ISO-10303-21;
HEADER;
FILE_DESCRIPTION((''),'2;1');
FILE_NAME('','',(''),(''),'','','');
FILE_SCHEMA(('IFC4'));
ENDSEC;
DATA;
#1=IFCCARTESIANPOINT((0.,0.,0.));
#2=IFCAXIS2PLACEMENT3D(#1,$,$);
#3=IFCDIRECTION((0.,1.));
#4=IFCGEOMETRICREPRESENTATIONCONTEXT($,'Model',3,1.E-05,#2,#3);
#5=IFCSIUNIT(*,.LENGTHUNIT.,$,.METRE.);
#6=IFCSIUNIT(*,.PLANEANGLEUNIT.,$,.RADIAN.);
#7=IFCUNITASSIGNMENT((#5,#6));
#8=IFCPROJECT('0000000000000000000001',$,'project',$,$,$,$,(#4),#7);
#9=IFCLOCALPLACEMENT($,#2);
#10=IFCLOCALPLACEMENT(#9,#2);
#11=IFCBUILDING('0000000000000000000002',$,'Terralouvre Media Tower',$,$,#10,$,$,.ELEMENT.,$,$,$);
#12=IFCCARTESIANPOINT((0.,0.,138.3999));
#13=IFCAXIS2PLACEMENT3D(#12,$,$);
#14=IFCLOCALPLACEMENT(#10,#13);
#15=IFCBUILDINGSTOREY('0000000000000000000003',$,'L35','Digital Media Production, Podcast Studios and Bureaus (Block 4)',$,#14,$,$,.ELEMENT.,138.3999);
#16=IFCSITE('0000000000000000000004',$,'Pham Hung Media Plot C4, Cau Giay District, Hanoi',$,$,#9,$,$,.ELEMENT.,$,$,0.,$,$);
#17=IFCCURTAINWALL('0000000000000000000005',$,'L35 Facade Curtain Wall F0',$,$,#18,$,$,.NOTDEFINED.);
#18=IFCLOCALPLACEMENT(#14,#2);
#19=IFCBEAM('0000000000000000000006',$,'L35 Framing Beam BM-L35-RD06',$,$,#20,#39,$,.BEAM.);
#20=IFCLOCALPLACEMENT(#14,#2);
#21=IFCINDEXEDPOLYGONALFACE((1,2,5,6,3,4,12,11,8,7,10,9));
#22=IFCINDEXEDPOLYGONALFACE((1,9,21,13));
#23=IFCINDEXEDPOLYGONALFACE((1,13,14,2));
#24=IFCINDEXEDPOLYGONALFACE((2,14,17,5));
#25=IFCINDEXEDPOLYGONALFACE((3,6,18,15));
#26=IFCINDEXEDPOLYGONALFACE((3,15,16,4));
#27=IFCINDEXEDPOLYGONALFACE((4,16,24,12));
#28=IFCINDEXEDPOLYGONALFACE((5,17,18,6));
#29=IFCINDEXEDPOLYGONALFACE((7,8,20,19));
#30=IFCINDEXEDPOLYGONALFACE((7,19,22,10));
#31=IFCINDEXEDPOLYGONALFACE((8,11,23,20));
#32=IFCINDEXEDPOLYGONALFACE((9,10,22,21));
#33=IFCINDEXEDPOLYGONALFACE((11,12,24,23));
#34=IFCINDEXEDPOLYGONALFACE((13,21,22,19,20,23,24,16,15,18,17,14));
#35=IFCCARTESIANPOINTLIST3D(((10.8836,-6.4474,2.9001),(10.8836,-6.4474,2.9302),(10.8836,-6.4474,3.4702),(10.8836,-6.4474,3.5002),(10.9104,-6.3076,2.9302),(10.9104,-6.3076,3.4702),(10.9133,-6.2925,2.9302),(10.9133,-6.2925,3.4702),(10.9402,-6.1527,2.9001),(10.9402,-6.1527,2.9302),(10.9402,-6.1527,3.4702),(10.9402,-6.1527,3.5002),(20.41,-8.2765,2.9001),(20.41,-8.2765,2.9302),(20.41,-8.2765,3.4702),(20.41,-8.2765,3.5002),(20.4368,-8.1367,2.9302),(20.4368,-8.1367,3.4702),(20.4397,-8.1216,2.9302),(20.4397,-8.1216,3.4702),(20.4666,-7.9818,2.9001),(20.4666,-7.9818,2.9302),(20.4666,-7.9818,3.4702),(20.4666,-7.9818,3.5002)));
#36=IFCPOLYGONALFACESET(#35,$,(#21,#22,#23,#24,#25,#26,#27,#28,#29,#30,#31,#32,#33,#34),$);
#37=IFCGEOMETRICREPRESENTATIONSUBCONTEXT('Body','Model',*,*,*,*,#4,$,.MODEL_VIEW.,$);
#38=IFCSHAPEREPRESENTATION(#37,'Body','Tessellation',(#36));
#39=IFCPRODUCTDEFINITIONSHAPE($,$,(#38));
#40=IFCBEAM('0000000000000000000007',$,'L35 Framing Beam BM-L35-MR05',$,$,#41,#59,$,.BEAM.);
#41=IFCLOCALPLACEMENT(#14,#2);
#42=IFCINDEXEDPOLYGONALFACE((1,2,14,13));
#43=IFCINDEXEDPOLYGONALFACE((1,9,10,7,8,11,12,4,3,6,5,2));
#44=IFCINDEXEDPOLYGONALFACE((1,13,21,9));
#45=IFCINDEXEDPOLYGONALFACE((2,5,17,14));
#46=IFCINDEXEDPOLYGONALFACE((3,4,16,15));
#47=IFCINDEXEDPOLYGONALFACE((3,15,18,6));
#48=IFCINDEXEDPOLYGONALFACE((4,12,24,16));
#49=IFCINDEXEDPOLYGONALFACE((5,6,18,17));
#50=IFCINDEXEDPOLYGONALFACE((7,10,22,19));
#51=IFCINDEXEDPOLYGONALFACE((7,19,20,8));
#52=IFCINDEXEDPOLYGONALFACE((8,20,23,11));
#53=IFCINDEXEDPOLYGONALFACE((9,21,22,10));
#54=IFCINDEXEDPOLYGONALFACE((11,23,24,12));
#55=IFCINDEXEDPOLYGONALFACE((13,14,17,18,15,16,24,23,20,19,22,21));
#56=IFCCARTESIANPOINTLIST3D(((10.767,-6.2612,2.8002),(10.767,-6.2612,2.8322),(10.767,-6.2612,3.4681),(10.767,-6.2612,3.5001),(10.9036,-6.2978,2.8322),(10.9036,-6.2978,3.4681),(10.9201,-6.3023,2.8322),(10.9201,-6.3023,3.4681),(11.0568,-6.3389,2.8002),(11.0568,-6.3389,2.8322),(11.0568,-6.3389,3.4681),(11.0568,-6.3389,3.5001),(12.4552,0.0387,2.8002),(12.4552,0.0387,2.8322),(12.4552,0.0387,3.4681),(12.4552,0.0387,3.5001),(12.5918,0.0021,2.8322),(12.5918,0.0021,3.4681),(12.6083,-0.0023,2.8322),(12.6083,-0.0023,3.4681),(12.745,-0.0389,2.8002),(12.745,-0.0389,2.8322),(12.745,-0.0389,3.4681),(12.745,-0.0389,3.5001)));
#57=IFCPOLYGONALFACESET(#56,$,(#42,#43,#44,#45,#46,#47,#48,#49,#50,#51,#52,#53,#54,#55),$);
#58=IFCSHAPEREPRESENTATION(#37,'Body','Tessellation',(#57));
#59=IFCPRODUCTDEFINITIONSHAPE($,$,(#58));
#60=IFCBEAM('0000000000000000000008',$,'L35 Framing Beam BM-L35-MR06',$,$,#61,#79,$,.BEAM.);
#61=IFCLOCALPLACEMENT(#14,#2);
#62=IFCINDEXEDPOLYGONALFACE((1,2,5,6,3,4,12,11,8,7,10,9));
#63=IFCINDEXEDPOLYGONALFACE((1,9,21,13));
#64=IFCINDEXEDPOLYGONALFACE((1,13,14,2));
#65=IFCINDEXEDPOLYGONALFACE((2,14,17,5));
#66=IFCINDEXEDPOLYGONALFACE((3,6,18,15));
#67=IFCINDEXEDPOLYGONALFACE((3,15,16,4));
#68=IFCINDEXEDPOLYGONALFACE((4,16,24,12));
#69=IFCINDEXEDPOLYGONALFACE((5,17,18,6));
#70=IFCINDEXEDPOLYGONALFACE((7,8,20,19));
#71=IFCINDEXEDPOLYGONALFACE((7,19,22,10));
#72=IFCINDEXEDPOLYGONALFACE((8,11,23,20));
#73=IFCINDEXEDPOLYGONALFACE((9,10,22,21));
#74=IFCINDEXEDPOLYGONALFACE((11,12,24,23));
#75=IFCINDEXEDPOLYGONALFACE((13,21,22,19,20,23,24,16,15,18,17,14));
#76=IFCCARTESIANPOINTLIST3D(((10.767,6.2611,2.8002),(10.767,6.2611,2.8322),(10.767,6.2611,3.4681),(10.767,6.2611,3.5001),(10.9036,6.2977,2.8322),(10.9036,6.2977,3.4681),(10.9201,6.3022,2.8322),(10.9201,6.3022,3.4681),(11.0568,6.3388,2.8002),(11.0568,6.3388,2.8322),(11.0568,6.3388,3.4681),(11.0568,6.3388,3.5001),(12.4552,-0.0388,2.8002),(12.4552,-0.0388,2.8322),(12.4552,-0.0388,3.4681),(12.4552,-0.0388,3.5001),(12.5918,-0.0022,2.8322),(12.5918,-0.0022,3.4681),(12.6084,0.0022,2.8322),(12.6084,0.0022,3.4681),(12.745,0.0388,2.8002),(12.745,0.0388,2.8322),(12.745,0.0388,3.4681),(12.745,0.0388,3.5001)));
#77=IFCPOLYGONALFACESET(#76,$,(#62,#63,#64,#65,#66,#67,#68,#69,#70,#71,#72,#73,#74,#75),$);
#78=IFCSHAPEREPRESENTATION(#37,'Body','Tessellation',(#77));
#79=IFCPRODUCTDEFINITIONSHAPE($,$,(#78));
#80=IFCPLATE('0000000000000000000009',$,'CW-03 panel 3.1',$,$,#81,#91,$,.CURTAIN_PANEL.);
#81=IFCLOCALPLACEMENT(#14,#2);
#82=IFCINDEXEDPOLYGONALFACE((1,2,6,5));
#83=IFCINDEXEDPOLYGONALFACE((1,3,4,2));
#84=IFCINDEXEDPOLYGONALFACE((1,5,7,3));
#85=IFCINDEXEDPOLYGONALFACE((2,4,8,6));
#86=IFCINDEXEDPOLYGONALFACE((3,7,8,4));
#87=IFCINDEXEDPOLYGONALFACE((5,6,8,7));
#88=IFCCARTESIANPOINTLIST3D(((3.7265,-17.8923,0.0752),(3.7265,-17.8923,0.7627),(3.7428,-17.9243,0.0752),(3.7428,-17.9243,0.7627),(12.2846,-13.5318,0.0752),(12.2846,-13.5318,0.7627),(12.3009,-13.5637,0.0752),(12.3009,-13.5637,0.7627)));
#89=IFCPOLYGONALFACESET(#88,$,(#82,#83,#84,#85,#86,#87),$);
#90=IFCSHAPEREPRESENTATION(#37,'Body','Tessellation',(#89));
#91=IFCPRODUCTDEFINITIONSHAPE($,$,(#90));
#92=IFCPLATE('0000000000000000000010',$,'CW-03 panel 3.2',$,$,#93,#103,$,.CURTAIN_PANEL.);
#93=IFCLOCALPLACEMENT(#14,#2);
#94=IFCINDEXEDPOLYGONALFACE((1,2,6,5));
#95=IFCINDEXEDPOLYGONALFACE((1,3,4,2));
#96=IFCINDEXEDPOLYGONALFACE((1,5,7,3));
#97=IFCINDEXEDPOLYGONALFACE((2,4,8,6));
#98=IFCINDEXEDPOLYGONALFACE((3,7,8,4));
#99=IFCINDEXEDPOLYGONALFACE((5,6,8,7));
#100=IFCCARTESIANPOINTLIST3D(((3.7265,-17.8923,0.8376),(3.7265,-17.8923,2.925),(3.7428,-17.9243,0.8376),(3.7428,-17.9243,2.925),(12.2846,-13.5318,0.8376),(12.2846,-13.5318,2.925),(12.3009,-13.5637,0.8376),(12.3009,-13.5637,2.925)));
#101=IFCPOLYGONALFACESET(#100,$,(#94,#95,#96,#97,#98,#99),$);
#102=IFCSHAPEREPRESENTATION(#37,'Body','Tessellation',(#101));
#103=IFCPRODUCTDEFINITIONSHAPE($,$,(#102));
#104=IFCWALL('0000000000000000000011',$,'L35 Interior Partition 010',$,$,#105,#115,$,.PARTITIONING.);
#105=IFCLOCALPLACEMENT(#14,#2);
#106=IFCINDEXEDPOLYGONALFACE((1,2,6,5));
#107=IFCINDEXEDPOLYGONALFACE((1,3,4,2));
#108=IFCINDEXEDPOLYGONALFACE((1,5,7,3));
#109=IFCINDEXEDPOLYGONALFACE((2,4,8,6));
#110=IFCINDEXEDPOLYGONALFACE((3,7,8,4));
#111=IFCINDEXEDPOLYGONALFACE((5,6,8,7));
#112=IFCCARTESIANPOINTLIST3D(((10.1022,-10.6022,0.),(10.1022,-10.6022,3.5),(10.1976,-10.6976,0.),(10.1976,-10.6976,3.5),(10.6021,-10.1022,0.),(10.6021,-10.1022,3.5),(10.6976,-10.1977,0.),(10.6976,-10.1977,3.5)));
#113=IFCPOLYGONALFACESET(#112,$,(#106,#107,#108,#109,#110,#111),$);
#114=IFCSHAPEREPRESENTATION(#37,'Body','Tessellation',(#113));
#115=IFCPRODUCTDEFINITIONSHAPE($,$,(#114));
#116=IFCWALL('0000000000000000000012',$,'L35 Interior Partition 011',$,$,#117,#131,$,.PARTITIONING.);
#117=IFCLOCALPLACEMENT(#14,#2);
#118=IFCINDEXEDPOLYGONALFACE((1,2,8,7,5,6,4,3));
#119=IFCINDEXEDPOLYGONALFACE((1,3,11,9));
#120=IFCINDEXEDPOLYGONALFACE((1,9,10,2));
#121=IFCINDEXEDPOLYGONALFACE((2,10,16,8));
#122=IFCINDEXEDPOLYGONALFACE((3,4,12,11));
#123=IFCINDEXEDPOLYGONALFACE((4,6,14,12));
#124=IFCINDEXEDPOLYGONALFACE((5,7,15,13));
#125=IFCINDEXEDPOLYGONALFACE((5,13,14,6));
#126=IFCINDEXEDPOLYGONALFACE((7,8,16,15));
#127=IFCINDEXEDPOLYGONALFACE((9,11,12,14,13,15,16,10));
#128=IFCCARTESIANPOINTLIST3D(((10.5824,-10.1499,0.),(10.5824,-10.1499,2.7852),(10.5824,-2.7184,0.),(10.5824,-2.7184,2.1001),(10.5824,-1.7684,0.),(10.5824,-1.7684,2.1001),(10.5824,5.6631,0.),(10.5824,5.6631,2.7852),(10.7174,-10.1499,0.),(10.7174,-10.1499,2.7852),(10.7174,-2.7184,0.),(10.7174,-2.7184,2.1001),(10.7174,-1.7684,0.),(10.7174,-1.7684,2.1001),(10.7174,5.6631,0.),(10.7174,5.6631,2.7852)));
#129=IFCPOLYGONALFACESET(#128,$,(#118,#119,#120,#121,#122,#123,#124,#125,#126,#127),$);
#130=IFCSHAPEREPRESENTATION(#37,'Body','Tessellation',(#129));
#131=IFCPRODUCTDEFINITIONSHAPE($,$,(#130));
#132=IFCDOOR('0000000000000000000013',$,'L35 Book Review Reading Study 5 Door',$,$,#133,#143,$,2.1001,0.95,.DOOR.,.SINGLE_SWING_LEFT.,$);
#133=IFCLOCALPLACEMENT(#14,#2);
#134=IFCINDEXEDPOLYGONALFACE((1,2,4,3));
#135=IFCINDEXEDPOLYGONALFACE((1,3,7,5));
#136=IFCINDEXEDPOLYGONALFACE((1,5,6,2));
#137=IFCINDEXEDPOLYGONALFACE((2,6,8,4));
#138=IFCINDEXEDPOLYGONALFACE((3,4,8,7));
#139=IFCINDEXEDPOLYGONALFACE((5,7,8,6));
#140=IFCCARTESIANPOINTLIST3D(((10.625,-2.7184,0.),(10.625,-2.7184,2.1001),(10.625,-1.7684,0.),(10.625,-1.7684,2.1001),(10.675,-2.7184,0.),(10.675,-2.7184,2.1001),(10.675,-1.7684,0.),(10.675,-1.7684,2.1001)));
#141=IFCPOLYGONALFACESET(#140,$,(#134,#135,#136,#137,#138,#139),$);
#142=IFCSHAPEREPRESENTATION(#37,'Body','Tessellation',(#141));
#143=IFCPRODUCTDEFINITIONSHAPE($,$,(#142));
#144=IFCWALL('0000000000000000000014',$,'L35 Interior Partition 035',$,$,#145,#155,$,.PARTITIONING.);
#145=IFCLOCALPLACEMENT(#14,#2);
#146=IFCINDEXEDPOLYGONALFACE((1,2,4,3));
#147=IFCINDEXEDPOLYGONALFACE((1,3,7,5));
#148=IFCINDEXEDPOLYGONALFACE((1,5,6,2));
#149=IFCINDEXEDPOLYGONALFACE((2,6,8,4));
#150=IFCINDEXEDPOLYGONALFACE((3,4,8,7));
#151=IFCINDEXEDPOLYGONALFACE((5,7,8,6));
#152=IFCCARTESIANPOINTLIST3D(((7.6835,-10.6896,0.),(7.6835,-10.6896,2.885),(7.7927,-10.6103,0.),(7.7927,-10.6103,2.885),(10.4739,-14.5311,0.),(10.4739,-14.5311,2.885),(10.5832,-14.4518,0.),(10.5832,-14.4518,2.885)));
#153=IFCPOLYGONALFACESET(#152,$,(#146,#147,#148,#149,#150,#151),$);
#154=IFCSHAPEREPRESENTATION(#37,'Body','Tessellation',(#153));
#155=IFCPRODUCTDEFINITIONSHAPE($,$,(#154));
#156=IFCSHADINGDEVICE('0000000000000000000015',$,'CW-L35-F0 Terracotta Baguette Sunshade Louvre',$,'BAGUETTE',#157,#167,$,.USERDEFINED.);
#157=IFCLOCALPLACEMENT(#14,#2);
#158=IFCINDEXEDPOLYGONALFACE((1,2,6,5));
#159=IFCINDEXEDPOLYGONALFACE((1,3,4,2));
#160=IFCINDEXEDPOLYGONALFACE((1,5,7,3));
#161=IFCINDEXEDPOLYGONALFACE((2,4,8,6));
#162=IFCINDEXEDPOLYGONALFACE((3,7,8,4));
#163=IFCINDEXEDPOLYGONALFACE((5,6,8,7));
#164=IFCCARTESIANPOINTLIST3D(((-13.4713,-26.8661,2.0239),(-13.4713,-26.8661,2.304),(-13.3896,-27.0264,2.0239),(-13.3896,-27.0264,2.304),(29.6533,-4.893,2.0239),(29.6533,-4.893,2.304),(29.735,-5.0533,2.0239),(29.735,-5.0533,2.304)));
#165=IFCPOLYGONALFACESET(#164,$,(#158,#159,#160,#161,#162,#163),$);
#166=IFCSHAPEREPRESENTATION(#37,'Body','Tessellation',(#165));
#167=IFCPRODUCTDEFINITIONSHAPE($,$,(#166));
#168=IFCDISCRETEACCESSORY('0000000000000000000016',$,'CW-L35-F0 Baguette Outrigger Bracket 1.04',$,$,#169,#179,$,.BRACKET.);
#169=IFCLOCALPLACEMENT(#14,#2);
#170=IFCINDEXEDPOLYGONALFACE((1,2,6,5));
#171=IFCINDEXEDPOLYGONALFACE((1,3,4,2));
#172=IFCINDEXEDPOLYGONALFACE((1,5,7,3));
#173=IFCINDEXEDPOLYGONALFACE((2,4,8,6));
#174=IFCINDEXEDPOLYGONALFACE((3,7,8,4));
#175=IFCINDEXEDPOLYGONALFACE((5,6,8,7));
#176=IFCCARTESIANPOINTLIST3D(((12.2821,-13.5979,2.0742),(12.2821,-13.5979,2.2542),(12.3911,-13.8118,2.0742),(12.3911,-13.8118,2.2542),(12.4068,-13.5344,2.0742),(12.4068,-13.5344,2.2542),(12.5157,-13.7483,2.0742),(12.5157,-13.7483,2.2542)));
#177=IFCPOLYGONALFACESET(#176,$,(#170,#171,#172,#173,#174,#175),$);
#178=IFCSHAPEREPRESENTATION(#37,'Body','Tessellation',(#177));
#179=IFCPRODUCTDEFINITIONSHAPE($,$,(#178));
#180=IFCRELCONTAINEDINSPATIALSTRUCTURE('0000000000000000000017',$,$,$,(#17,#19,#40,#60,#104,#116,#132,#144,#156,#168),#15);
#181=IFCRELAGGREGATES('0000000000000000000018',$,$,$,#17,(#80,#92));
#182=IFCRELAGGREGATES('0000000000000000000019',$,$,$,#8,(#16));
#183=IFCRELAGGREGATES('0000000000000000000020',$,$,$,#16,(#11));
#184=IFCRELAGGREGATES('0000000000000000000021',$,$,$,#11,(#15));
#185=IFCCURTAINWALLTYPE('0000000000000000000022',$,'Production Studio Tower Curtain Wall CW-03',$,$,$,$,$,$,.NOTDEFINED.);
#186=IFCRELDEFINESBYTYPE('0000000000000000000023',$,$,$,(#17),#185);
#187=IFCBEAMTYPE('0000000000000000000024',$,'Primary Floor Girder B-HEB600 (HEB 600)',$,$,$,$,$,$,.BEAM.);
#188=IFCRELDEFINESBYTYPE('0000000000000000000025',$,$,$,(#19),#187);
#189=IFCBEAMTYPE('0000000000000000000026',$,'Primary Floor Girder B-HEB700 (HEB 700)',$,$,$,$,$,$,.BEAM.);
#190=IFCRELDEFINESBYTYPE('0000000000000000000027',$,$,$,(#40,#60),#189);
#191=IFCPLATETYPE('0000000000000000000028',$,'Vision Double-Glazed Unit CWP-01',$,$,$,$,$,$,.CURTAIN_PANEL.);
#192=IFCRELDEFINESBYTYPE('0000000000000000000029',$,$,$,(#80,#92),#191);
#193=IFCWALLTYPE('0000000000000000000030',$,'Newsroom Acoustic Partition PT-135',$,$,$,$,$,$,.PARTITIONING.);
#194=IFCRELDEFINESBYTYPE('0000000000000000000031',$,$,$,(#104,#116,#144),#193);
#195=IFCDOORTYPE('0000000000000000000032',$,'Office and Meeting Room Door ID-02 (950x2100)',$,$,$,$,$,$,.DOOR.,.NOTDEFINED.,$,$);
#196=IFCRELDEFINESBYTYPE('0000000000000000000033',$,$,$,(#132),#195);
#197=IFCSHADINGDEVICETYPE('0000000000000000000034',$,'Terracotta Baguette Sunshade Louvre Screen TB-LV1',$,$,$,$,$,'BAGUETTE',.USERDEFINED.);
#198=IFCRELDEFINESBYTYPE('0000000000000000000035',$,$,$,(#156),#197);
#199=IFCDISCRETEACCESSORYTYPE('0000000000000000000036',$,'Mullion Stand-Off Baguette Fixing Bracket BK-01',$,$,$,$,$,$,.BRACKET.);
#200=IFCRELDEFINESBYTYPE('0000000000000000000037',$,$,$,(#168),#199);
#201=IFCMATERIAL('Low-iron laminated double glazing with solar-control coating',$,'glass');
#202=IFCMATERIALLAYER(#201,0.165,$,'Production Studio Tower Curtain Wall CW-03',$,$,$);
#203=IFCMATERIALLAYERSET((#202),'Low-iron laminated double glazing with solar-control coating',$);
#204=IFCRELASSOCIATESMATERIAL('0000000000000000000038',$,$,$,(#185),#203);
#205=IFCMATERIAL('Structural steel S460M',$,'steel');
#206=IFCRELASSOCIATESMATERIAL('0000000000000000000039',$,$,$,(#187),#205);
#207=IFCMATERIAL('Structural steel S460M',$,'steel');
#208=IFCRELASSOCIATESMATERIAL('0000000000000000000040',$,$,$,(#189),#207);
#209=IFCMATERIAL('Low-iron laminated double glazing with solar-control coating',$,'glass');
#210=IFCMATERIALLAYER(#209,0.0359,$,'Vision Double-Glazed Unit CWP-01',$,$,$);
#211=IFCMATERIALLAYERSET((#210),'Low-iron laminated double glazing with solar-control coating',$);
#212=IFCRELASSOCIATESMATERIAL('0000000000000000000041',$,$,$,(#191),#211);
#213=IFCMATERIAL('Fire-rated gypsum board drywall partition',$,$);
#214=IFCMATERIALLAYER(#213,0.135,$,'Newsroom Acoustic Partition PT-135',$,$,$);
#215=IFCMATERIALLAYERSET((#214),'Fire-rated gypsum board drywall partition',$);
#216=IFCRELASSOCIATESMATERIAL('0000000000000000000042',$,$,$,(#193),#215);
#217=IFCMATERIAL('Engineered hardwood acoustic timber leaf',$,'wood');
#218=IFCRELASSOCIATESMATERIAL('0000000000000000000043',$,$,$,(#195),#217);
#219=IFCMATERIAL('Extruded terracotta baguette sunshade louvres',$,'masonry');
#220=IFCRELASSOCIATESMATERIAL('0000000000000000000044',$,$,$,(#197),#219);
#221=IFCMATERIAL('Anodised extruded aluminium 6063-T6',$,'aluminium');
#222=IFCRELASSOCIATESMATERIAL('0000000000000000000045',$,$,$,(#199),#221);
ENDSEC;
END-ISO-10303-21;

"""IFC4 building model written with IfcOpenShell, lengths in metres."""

from ifc_helpers import new_model, si_unit, direction, frame, frame_2d, origin, origin_2d, place, context, subcontext, project, spatial, rectangle, i_section, extrude, material, layer, layer_set, material_profile, profile_set, type_object, element, fill, aggregate, save


model = new_model("IFC4")

# Units and contexts
model_context = context("Model", 3, precision=1e-05, world=origin(), true_north=direction((0.0, 1.0)))
body_context = subcontext(model_context, "Body", "Model", "MODEL_VIEW")
ifc_project = project(units=[si_unit("LENGTHUNIT", "METRE"), si_unit("PLANEANGLEUNIT", "RADIAN")], contexts=[model_context])

# Site, building, storey
site_placement = place(None, origin())
site = spatial("IfcSite", under=ifc_project, at=site_placement, Name="Pham Hung Media Plot C4, Cau Giay District, Hanoi", CompositionType="ELEMENT", RefElevation=0.0)
building_placement = place(site_placement, origin())
building = spatial("IfcBuilding", under=site, at=building_placement, Name="Terralouvre Media Tower", CompositionType="ELEMENT")
storey_placement = place(building_placement, frame((0.0, 0.0, 138.3999)))
storey = spatial("IfcBuildingStorey", under=building, at=storey_placement, Name="L35", Description="Digital Media Production, Podcast Studios and Bureaus (Block 4)", CompositionType="ELEMENT", Elevation=138.3999)

# Curtain wall
ifc_material_1 = material(Name="Low-iron laminated double glazing with solar-control coating", Category="glass")
ifc_layer_1 = layer(ifc_material_1, 0.165, Name="Production Studio Tower Curtain Wall CW-03")
ifc_layer_set_1 = layer_set([ifc_layer_1], Name="Low-iron laminated double glazing with solar-control coating")
curtain_wall_type = type_object("IfcCurtainWallType", Name="Production Studio Tower Curtain Wall CW-03", PredefinedType="NOTDEFINED", material=ifc_layer_set_1)
curtain_wall_placement = place(storey_placement, origin())
curtain_wall = element("IfcCurtainWall", 1, at=curtain_wall_placement, inside=storey, type_object=curtain_wall_type, Name="L35 Facade Curtain Wall F0", PredefinedType="NOTDEFINED")

# Beams
ifc_material_2 = material(Name="Structural steel S460M", Category="steel")
ifc_material_profile_1 = material_profile(ifc_material_2, i_section(OverallWidth=0.3, OverallDepth=0.6001, WebThickness=0.0154, FlangeThickness=0.03, at=origin_2d()), Name="HEB 600")
ifc_profile_set_1 = profile_set([ifc_material_profile_1], Name="Structural steel S460M")
beam_type_1 = type_object("IfcBeamType", Name="Primary Floor Girder B-HEB600 (HEB 600)", PredefinedType="BEAM", material=ifc_profile_set_1)
beam_1_placement = place(storey_placement, frame((10.9119, -6.3, 3.2002), z_axis=(0.982062, -0.18856, 0.0), x_axis=(0.18856, 0.982062, 0.0)))
element("IfcBeam", 2, at=beam_1_placement, inside=storey, type_object=beam_type_1, Name="L35 Framing Beam BM-L35-RD06", PredefinedType="BEAM", context=body_context, shape_type="SweptSolid", body=[
    extrude(i_section(OverallWidth=0.3, OverallDepth=0.6001, WebThickness=0.0154, FlangeThickness=0.03, at=origin_2d()), origin(), (0.0, 0.0, 1.0), 9.7004),
])
ifc_material_3 = material(Name="Structural steel S460M", Category="steel")
ifc_material_profile_2 = material_profile(ifc_material_3, i_section(OverallWidth=0.3, OverallDepth=0.7, WebThickness=0.0171, FlangeThickness=0.032, at=origin_2d()), Name="HEB 700")
ifc_profile_set_2 = profile_set([ifc_material_profile_2], Name="Structural steel S460M")
beam_type_2 = type_object("IfcBeamType", Name="Primary Floor Girder B-HEB700 (HEB 700)", PredefinedType="BEAM", material=ifc_profile_set_2)
for number, where, z_axis, x_axis, name in (
    (3, (10.9119, -6.3, 3.1501), (0.258839, 0.96592, 0.0), (-0.96592, 0.258839, 0.0), "L35 Framing Beam BM-L35-MR05"),
    (4, (12.6001, 0.0, 3.1501), (-0.258839, 0.96592, 0.0), (-0.96592, -0.258839, 0.0), "L35 Framing Beam BM-L35-MR06"),
):
    element("IfcBeam", number, at=place(storey_placement, frame(where, z_axis=z_axis, x_axis=x_axis)), inside=storey, type_object=beam_type_2, Name=name, PredefinedType="BEAM", context=body_context, shape_type="SweptSolid", body=[
        extrude(i_section(OverallWidth=0.3, OverallDepth=0.7, WebThickness=0.0171, FlangeThickness=0.032, at=origin_2d()), origin(), (0.0, 0.0, 1.0), 6.5222),
    ])

# Plates
ifc_material_4 = material(Name="Low-iron laminated double glazing with solar-control coating", Category="glass")
ifc_layer_2 = layer(ifc_material_4, 0.0359, Name="Vision Double-Glazed Unit CWP-01")
ifc_layer_set_2 = layer_set([ifc_layer_2], Name="Low-iron laminated double glazing with solar-control coating")
plate_type = type_object("IfcPlateType", Name="Vision Double-Glazed Unit CWP-01", PredefinedType="CURTAIN_PANEL", material=ifc_layer_set_2)
plate_1_placement = place(storey_placement, frame((8.0137, -15.728, 0.0752), z_axis=(0.0, 0.0, 1.0), x_axis=(0.891007, 0.453991, 0.0)))
plate_1 = element("IfcPlate", 5, at=plate_1_placement, type_object=plate_type, Name="CW-03 panel 3.1", PredefinedType="CURTAIN_PANEL", context=body_context, shape_type="SweptSolid", body=[
    extrude(rectangle(XDim=9.605, YDim=0.0359, at=origin_2d()), origin(), (0.0, 0.0, 1.0), 0.6875),
])
plate_2_placement = place(storey_placement, frame((8.0137, -15.728, 0.8376), z_axis=(0.0, 0.0, 1.0), x_axis=(0.891007, 0.453991, 0.0)))
plate_2 = element("IfcPlate", 6, at=plate_2_placement, type_object=plate_type, Name="CW-03 panel 3.2", PredefinedType="CURTAIN_PANEL", context=body_context, shape_type="SweptSolid", body=[
    extrude(rectangle(XDim=9.605, YDim=0.0359, at=origin_2d()), origin(), (0.0, 0.0, 1.0), 2.0874),
])
aggregate(curtain_wall, [plate_1, plate_2])

# Wall
ifc_material_5 = material(Name="Fire-rated gypsum board drywall partition")
ifc_layer_3 = layer(ifc_material_5, 0.135, Name="Newsroom Acoustic Partition PT-135")
ifc_layer_set_3 = layer_set([ifc_layer_3], Name="Fire-rated gypsum board drywall partition")
wall_type = type_object("IfcWallType", Name="Newsroom Acoustic Partition PT-135", PredefinedType="PARTITIONING", material=ifc_layer_set_3)
wall_1_placement = place(storey_placement, frame((10.1499, -10.6499, 0.0), z_axis=(0.0, 0.0, 1.0), x_axis=(0.707107, 0.707107, 0.0)))
element("IfcWall", 7, at=wall_1_placement, inside=storey, type_object=wall_type, Name="L35 Interior Partition 010", PredefinedType="PARTITIONING", context=body_context, shape_type="SweptSolid", body=[
    extrude(rectangle(XDim=0.707, YDim=0.135, at=frame_2d((0.3535, 0.0))), origin(), (0.0, 0.0, 1.0), 3.5),
])

# Wall, opening, door
wall_2_placement = place(storey_placement, frame((10.6499, -10.1499, 0.0), z_axis=(0.0, 0.0, 1.0), x_axis=(0.0, 1.0, 0.0)))
wall_2 = element("IfcWall", 8, at=wall_2_placement, inside=storey, type_object=wall_type, Name="L35 Interior Partition 011", PredefinedType="PARTITIONING", context=body_context, shape_type="SweptSolid", body=[
    extrude(rectangle(XDim=15.813, YDim=0.135, at=frame_2d((7.9065, 0.0))), origin(), (0.0, 0.0, 1.0), 2.7852),
])
opening_placement = place(wall_2_placement, frame((7.4314, 0.0, 0.0)))
opening = element("IfcOpeningElement", 9, at=opening_placement, cuts=wall_2, PredefinedType="OPENING", context=body_context, shape_type="SweptSolid", body=[
    extrude(rectangle(XDim=0.95, YDim=2.1001, at=frame_2d((0.4751, 1.05))), frame((0.0, 0.0774, 0.0), z_axis=(0.0, -1.0, 0.0), x_axis=(1.0, 0.0, 0.0)), (0.0, 0.0, 1.0), 0.155),
])
ifc_material_6 = material(Name="Engineered hardwood acoustic timber leaf", Category="wood")
door_type = type_object("IfcDoorType", Name="Office and Meeting Room Door ID-02 (950x2100)", OperationType="NOTDEFINED", PredefinedType="DOOR", material=ifc_material_6)
door_placement = place(opening_placement, origin())
door = element("IfcDoor", 10, at=door_placement, inside=storey, type_object=door_type, Name="L35 Book Review Reading Study 5 Door", OperationType="SINGLE_SWING_LEFT", OverallHeight=2.1001, OverallWidth=0.95, PredefinedType="DOOR", context=body_context, shape_type="SweptSolid", body=[
    extrude(rectangle(XDim=0.95, YDim=2.1001, at=frame_2d((0.4751, 1.05))), frame((0.0, 0.0249, 0.0), z_axis=(0.0, -1.0, 0.0), x_axis=(1.0, 0.0, 0.0)), (0.0, 0.0, 1.0), 0.05),
])
fill(opening, door)

# Wall
wall_3_placement = place(storey_placement, frame((10.5286, -14.4915, 0.0), z_axis=(0.0, 0.0, 1.0), x_axis=(-0.587713, 0.809069, 0.0)))
element("IfcWall", 11, at=wall_3_placement, inside=storey, type_object=wall_type, Name="L35 Interior Partition 035", PredefinedType="PARTITIONING", context=body_context, shape_type="SweptSolid", body=[
    extrude(rectangle(XDim=4.748, YDim=0.135, at=frame_2d((2.374, 0.0))), origin(), (0.0, 0.0, 1.0), 2.885),
])

# Shading device
ifc_material_7 = material(Name="Extruded terracotta baguette sunshade louvres", Category="masonry")
shading_device_type = type_object("IfcShadingDeviceType", Name="Terracotta Baguette Sunshade Louvre Screen TB-LV1", ElementType="BAGUETTE", PredefinedType="USERDEFINED", material=ifc_material_7)
shading_device_placement = place(storey_placement, frame((8.1318, -15.9597, 2.0239), z_axis=(0.0, 0.0, 1.0), x_axis=(0.891007, 0.453991, 0.0)))
element("IfcShadingDevice", 12, at=shading_device_placement, inside=storey, type_object=shading_device_type, Name="CW-L35-F0 Terracotta Baguette Sunshade Louvre", ObjectType="BAGUETTE", PredefinedType="USERDEFINED", context=body_context, shape_type="SweptSolid", body=[
    extrude(rectangle(XDim=48.3999, YDim=0.1799, at=origin_2d()), origin(), (0.0, 0.0, 1.0), 0.28),
])

# Discrete accessory
ifc_material_8 = material(Name="Anodised extruded aluminium 6063-T6", Category="aluminium")
discrete_accessory_type = type_object("IfcDiscreteAccessoryType", Name="Mullion Stand-Off Baguette Fixing Bracket BK-01", PredefinedType="BRACKET", material=ifc_material_8)
discrete_accessory_placement = place(storey_placement, frame((12.3989, -13.6731, 2.0742), z_axis=(0.0, 0.0, 1.0), x_axis=(0.891007, 0.453991, 0.0)))
element("IfcDiscreteAccessory", 13, at=discrete_accessory_placement, inside=storey, type_object=discrete_accessory_type, Name="CW-L35-F0 Baguette Outrigger Bracket 1.04", PredefinedType="BRACKET", context=body_context, shape_type="SweptSolid", body=[
    extrude(rectangle(XDim=0.1399, YDim=0.24, at=origin_2d()), origin(), (0.0, 0.0, 1.0), 0.1799),
])

save(model, "model.ifc")
